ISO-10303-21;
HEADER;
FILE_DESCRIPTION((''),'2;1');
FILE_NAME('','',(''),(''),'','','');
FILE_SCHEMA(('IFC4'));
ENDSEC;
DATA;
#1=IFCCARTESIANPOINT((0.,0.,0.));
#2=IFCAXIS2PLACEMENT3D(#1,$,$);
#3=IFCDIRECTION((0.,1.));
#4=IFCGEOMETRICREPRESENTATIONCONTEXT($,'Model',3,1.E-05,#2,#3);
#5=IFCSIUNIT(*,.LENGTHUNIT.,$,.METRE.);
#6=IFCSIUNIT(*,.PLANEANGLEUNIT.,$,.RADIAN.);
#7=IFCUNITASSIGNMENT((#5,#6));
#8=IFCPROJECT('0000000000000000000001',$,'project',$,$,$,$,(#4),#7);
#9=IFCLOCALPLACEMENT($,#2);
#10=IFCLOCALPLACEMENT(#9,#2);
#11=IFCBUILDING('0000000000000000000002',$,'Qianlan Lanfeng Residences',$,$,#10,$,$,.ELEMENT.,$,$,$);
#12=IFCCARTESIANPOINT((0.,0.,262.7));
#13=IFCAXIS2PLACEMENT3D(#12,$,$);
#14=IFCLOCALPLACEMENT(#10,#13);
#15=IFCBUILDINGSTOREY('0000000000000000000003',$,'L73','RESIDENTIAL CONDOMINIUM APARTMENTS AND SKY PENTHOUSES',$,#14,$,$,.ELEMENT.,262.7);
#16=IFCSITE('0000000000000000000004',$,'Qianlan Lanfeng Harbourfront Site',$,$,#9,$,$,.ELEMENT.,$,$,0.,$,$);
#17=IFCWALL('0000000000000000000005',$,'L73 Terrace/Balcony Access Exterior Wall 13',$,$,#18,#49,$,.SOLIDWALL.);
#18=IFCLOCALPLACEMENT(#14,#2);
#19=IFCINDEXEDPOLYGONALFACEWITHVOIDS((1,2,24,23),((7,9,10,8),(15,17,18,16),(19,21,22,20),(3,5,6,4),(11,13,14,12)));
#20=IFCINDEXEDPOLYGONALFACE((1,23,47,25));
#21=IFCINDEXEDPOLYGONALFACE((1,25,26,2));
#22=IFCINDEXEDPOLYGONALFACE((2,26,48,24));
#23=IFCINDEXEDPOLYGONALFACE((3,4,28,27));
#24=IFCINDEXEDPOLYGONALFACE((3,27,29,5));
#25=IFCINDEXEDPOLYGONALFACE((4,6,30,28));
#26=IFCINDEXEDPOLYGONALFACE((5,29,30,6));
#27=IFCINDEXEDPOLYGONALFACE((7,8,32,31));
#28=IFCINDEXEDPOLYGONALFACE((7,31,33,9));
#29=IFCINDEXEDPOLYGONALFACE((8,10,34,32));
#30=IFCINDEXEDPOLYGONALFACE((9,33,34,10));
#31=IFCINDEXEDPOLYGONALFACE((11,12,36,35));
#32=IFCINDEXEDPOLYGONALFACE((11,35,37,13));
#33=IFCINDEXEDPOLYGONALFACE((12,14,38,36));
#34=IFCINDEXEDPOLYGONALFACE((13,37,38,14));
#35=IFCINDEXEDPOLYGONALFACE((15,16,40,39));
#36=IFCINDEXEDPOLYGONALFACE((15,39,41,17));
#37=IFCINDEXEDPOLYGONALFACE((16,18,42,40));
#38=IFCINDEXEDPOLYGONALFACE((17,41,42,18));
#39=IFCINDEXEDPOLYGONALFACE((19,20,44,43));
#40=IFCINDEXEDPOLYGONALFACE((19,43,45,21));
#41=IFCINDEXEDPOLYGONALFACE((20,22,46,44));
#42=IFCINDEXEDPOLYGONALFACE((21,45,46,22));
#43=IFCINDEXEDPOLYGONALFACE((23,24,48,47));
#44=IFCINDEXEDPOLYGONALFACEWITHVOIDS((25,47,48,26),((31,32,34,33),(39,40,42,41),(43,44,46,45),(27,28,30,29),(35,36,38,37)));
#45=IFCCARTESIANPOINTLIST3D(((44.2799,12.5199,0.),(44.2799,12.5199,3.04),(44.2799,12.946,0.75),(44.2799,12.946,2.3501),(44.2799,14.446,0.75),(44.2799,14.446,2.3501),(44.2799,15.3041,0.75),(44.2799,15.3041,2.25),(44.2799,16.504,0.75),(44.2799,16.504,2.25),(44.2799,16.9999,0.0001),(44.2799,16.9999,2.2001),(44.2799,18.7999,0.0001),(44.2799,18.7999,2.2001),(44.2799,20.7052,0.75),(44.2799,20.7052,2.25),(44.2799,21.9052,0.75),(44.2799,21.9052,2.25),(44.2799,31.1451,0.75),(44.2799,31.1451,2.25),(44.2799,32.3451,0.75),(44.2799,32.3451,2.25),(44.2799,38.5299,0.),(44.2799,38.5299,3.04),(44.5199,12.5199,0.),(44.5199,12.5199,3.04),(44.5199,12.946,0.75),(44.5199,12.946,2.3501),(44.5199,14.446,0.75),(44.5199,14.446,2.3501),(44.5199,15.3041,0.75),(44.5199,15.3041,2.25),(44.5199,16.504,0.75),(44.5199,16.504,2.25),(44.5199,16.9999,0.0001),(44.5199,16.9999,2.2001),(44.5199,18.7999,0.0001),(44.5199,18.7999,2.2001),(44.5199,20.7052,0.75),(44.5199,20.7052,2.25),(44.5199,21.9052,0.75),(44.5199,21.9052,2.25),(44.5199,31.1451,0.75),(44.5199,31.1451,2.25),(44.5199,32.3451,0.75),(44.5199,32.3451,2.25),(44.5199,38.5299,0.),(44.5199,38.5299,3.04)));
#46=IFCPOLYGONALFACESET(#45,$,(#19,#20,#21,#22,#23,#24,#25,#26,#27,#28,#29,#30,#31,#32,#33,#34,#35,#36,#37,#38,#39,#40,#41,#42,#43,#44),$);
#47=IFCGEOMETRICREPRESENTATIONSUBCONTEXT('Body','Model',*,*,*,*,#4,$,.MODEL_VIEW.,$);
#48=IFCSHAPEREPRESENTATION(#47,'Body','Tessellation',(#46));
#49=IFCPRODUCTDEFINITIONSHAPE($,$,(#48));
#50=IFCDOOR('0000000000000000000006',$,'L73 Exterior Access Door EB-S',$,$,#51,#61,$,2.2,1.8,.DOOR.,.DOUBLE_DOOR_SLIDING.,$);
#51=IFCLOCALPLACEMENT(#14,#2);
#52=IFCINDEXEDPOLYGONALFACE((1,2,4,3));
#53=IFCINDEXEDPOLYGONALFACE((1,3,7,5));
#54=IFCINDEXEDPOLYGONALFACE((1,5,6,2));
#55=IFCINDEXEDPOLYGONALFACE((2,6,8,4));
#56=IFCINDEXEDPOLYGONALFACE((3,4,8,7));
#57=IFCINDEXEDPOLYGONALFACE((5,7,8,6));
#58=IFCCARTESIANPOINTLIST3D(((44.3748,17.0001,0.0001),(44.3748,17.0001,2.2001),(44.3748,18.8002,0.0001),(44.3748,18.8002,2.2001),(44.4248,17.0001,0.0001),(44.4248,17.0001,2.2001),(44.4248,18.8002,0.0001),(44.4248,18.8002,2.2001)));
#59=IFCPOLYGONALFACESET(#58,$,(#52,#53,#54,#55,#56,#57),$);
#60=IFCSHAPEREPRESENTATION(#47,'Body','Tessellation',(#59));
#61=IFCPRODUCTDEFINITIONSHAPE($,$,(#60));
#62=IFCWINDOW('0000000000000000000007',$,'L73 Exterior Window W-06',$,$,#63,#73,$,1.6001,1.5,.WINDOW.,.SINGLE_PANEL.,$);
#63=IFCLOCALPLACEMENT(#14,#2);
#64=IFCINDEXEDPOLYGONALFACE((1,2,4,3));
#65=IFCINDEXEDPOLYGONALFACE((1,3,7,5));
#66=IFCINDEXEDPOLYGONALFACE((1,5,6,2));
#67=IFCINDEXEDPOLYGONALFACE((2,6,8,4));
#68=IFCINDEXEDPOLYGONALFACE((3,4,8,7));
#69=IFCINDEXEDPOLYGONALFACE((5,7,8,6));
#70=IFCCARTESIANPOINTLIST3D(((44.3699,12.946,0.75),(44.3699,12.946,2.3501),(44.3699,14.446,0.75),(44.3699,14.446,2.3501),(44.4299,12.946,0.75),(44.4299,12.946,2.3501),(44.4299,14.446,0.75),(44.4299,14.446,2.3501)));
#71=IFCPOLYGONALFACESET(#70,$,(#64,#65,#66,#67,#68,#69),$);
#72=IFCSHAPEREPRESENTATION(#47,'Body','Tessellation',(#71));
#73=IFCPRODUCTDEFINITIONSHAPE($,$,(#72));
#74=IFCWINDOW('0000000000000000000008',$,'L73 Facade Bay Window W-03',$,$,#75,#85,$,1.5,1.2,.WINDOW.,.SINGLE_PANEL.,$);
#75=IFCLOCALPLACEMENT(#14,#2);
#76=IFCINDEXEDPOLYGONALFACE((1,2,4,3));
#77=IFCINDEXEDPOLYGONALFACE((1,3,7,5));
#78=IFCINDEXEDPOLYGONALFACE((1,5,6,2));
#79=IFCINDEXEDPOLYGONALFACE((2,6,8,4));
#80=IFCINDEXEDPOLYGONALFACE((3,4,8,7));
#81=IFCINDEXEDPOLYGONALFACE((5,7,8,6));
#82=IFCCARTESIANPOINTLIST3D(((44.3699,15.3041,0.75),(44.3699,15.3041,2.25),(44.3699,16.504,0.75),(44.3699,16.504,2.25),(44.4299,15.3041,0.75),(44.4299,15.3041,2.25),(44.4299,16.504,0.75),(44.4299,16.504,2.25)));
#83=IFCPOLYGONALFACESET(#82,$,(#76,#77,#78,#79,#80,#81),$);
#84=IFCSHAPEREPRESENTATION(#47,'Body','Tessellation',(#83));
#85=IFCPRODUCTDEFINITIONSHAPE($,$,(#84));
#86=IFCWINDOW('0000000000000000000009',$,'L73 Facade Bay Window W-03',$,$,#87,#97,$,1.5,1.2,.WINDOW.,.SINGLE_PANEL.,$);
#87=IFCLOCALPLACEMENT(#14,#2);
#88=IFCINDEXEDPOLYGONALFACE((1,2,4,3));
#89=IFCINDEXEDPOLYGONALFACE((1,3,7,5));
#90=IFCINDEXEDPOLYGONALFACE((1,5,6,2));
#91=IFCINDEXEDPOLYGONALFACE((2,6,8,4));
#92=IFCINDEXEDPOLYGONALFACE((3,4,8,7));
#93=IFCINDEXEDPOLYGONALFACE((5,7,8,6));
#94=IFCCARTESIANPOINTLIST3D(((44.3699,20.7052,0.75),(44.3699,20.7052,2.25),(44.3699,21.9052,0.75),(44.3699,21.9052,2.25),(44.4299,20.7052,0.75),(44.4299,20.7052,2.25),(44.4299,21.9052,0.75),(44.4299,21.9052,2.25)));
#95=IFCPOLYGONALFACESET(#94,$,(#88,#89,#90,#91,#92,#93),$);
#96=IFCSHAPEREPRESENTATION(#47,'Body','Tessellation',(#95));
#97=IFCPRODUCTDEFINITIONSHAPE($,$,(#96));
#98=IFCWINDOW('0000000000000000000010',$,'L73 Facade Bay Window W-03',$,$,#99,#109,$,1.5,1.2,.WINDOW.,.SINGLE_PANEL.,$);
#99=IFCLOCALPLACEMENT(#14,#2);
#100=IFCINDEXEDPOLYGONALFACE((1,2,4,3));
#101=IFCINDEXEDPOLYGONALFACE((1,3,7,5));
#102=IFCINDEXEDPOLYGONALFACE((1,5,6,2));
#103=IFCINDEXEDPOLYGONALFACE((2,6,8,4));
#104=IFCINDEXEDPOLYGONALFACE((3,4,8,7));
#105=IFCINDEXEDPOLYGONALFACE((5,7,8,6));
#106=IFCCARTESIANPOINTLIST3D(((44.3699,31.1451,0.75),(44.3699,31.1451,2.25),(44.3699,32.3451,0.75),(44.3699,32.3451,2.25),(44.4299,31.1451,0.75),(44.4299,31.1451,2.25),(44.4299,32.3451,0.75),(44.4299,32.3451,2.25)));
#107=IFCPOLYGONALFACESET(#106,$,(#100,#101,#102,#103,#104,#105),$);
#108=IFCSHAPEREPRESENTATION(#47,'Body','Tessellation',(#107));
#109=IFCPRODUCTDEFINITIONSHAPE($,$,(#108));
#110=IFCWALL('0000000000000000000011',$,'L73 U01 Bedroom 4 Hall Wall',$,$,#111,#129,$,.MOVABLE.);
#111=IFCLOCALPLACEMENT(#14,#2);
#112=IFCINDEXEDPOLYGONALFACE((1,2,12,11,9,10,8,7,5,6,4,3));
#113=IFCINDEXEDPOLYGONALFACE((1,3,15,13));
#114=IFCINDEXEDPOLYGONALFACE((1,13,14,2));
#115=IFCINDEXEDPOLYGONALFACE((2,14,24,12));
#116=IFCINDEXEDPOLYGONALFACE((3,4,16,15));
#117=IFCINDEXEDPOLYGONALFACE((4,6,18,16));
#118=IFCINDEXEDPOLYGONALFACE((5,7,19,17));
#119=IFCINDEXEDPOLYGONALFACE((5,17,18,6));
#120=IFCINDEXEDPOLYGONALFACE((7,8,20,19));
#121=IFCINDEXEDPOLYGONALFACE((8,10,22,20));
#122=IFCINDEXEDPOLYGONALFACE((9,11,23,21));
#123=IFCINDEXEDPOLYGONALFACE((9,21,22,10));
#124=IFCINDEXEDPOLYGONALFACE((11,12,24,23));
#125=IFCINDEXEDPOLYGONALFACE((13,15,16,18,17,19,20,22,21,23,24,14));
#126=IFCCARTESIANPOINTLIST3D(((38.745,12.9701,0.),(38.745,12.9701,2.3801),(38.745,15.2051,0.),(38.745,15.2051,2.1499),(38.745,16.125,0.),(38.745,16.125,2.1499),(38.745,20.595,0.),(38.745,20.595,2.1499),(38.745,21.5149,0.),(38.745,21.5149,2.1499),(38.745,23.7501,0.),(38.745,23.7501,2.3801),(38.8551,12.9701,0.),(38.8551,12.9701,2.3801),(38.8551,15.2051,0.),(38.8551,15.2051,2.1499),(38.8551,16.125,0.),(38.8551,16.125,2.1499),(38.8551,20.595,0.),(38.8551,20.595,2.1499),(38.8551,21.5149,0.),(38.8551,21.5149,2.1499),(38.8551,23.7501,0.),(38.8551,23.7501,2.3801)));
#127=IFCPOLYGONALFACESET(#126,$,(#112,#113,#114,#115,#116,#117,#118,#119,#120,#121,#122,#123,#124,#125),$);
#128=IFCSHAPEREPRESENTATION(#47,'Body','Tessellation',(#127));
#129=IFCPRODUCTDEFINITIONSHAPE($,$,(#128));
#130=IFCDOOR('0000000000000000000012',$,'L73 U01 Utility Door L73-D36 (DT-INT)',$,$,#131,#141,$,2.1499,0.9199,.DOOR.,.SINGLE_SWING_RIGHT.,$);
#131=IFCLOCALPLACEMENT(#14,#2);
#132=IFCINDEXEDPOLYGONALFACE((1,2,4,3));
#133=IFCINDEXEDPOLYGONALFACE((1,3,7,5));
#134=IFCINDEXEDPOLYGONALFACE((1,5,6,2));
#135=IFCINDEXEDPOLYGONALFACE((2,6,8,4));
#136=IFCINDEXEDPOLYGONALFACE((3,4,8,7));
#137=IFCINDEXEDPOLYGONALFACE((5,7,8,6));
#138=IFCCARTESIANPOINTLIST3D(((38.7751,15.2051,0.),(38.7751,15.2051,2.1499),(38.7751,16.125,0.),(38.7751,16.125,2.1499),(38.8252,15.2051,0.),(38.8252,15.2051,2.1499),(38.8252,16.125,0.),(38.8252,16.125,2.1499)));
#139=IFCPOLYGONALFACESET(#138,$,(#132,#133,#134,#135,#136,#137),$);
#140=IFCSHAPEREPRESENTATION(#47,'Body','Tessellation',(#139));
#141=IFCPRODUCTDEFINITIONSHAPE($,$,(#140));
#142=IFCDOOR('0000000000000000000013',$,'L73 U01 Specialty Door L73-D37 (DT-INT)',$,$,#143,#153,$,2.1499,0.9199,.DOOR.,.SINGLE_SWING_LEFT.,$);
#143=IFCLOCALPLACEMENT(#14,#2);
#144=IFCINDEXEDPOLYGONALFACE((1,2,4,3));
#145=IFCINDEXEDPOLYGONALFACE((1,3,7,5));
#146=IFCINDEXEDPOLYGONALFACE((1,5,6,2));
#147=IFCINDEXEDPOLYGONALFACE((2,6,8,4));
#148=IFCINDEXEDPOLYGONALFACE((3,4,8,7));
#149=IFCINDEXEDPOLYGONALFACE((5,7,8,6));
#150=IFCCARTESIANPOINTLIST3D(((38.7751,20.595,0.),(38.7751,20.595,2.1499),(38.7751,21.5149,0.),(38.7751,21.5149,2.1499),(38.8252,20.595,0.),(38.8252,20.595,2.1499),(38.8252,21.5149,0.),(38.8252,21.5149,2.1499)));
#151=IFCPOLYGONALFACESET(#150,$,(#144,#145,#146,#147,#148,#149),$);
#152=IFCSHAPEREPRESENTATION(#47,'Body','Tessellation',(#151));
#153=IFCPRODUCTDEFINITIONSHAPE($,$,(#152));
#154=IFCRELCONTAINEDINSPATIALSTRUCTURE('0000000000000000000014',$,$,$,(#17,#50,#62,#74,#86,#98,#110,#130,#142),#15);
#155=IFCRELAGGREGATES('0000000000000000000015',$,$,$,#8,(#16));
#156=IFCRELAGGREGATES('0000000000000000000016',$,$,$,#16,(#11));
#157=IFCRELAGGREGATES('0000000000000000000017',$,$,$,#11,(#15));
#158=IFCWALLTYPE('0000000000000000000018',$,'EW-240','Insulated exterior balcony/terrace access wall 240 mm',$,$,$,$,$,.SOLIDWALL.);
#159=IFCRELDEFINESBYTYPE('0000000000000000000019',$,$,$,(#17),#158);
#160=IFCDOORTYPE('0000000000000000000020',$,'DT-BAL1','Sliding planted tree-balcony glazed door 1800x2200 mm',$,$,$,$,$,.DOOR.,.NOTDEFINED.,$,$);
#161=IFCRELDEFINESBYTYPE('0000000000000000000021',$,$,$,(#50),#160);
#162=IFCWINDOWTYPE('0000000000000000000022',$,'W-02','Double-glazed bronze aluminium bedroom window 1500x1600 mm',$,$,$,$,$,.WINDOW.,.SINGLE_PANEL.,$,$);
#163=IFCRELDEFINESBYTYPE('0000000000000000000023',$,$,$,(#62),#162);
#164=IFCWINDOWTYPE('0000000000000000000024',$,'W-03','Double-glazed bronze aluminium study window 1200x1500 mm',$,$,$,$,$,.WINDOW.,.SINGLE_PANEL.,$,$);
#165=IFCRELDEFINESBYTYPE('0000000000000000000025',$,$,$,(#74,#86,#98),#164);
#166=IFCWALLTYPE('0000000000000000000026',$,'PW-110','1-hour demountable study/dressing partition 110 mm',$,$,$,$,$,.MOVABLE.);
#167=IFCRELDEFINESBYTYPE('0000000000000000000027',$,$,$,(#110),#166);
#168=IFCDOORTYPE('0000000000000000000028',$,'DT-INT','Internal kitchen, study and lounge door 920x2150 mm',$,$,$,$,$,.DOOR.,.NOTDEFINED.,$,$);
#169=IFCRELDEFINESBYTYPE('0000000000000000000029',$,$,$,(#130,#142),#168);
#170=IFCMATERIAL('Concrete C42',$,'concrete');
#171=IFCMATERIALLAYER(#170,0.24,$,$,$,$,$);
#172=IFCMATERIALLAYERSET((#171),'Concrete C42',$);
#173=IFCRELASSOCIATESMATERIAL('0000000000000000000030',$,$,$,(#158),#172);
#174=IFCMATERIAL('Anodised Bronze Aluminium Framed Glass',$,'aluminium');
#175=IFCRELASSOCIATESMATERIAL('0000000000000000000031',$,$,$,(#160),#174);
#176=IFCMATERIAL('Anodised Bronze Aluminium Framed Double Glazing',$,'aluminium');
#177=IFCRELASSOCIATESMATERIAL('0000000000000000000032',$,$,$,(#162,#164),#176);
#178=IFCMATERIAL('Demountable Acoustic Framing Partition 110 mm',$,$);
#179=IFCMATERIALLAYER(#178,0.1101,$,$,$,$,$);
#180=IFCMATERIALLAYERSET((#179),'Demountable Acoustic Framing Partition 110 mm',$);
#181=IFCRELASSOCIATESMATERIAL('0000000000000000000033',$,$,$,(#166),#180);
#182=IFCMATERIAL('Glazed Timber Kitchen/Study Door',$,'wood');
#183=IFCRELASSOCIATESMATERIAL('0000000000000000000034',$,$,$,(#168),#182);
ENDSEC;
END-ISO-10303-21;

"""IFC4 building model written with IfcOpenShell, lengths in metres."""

from ifc_helpers import new_model, si_unit, direction, frame, frame_2d, origin, place, context, subcontext, project, spatial, rectangle, extrude, material, layer, layer_set, type_object, element, fill, save


model = new_model("IFC4")

# Units and contexts
model_context = context("Model", 3, precision=1e-05, world=origin(), true_north=direction((0.0, 1.0)))
body_context = subcontext(model_context, "Body", "Model", "MODEL_VIEW")
ifc_project = project(units=[si_unit("LENGTHUNIT", "METRE"), si_unit("PLANEANGLEUNIT", "RADIAN")], contexts=[model_context])

# Site, building, storey
site_placement = place(None, origin())
site = spatial("IfcSite", under=ifc_project, at=site_placement, Name="Qianlan Lanfeng Harbourfront Site", CompositionType="ELEMENT", RefElevation=0.0)
building_placement = place(site_placement, origin())
building = spatial("IfcBuilding", under=site, at=building_placement, Name="Qianlan Lanfeng Residences", CompositionType="ELEMENT")
storey_placement = place(building_placement, frame((0.0, 0.0, 262.7)))
storey = spatial("IfcBuildingStorey", under=building, at=storey_placement, Name="L73", Description="RESIDENTIAL CONDOMINIUM APARTMENTS AND SKY PENTHOUSES", CompositionType="ELEMENT", Elevation=262.7)

# Shared definitions
ifc_material_1 = material(Name="Concrete C42", Category="concrete")
ifc_layer_1 = layer(ifc_material_1, 0.24)
ifc_layer_set_1 = layer_set([ifc_layer_1], Name="Concrete C42")
wall_type_1 = type_object("IfcWallType", Name="EW-240", Description="Insulated exterior balcony/terrace access wall 240 mm", PredefinedType="SOLIDWALL", material=ifc_layer_set_1)

# Wall, openings, door, windows
wall_1_placement = place(storey_placement, frame((44.3999, 12.52, 0.0), z_axis=(0.0, 0.0, 1.0), x_axis=(0.0, 1.0, 0.0)))
wall_1 = element("IfcWall", 1, at=wall_1_placement, inside=storey, type_object=wall_type_1, Name="L73 Terrace/Balcony Access Exterior Wall 13", PredefinedType="SOLIDWALL", context=body_context, shape_type="SweptSolid", body=[
    extrude(rectangle(XDim=26.01, YDim=0.24, at=frame_2d((13.0049, 0.0))), origin(), (0.0, 0.0, 1.0), 3.04),
])
opening_1_placement = place(wall_1_placement, frame((4.48, 0.0, 0.0)))
opening_1 = element("IfcOpeningElement", 2, at=opening_1_placement, cuts=wall_1, PredefinedType="OPENING", context=body_context, shape_type="SweptSolid", body=[
    extrude(rectangle(XDim=1.8, YDim=2.2, at=frame_2d((0.8999, 1.1001))), frame((0.0, 0.1299, 0.0), z_axis=(0.0, -1.0, 0.0), x_axis=(1.0, 0.0, 0.0)), (0.0, 0.0, 1.0), 0.26),
])
opening_2_placement = place(wall_1_placement, frame((0.426, 0.0, 0.75)))
opening_2 = element("IfcOpeningElement", 3, at=opening_2_placement, cuts=wall_1, PredefinedType="OPENING", context=body_context, shape_type="SweptSolid", body=[
    extrude(rectangle(XDim=1.5, YDim=1.6001, at=frame_2d((0.75, 0.8))), frame((0.0, 0.1299, 0.0), z_axis=(0.0, -1.0, 0.0), x_axis=(1.0, 0.0, 0.0)), (0.0, 0.0, 1.0), 0.26),
])
opening_3_placement = place(wall_1_placement, frame((2.7839, 0.0, 0.75)))
opening_3 = element("IfcOpeningElement", 4, at=opening_3_placement, cuts=wall_1, PredefinedType="OPENING", context=body_context, shape_type="SweptSolid", body=[
    extrude(rectangle(XDim=1.2, YDim=1.5, at=frame_2d((0.6001, 0.75))), frame((0.0, 0.1299, 0.0), z_axis=(0.0, -1.0, 0.0), x_axis=(1.0, 0.0, 0.0)), (0.0, 0.0, 1.0), 0.26),
])
opening_4_placement = place(wall_1_placement, frame((8.1851, 0.0, 0.75)))
opening_4 = element("IfcOpeningElement", 5, at=opening_4_placement, cuts=wall_1, PredefinedType="OPENING", context=body_context, shape_type="SweptSolid", body=[
    extrude(rectangle(XDim=1.2, YDim=1.5, at=frame_2d((0.6001, 0.75))), frame((0.0, 0.1299, 0.0), z_axis=(0.0, -1.0, 0.0), x_axis=(1.0, 0.0, 0.0)), (0.0, 0.0, 1.0), 0.26),
])
opening_5_placement = place(wall_1_placement, frame((18.625, 0.0, 0.75)))
opening_5 = element("IfcOpeningElement", 6, at=opening_5_placement, cuts=wall_1, PredefinedType="OPENING", context=body_context, shape_type="SweptSolid", body=[
    extrude(rectangle(XDim=1.2, YDim=1.5, at=frame_2d((0.6001, 0.75))), frame((0.0, 0.1299, 0.0), z_axis=(0.0, -1.0, 0.0), x_axis=(1.0, 0.0, 0.0)), (0.0, 0.0, 1.0), 0.26),
])
ifc_material_2 = material(Name="Anodised Bronze Aluminium Framed Glass", Category="aluminium")
door_type_1 = type_object("IfcDoorType", Name="DT-BAL1", Description="Sliding planted tree-balcony glazed door 1800x2200 mm", OperationType="NOTDEFINED", PredefinedType="DOOR", material=ifc_material_2)
door_1_placement = place(opening_1_placement, frame((1.8, 0.0, 0.0), z_axis=(0.0, 0.0, 1.0), x_axis=(-1.0, 0.0, 0.0)))
door_1 = element("IfcDoor", 7, at=door_1_placement, inside=storey, type_object=door_type_1, Name="L73 Exterior Access Door EB-S", OperationType="DOUBLE_DOOR_SLIDING", OverallHeight=2.2, OverallWidth=1.8, PredefinedType="DOOR", context=body_context, shape_type="SweptSolid", body=[
    extrude(rectangle(XDim=1.8, YDim=2.2, at=frame_2d((0.8999, 1.1001))), frame((0.0, 0.0249, 0.0), z_axis=(0.0, -1.0, 0.0), x_axis=(1.0, 0.0, 0.0)), (0.0, 0.0, 1.0), 0.05),
])
fill(opening_1, door_1)
ifc_material_3 = material(Name="Anodised Bronze Aluminium Framed Double Glazing", Category="aluminium")
window_type_1 = type_object("IfcWindowType", Name="W-02", Description="Double-glazed bronze aluminium bedroom window 1500x1600 mm", PartitioningType="SINGLE_PANEL", PredefinedType="WINDOW", material=ifc_material_3)
window_1_placement = place(opening_2_placement, origin())
window_1 = element("IfcWindow", 8, at=window_1_placement, inside=storey, type_object=window_type_1, Name="L73 Exterior Window W-06", OverallHeight=1.6001, OverallWidth=1.5, PartitioningType="SINGLE_PANEL", PredefinedType="WINDOW", context=body_context, shape_type="SweptSolid", body=[
    extrude(rectangle(XDim=1.5, YDim=1.6001, at=frame_2d((0.75, 0.8))), frame((0.0, 0.03, 0.0), z_axis=(0.0, -1.0, 0.0), x_axis=(1.0, 0.0, 0.0)), (0.0, 0.0, 1.0), 0.0601),
])
fill(opening_2, window_1)
window_type_2 = type_object("IfcWindowType", Name="W-03", Description="Double-glazed bronze aluminium study window 1200x1500 mm", PartitioningType="SINGLE_PANEL", PredefinedType="WINDOW", material=ifc_material_3)
window_2_placement = place(opening_3_placement, origin())
window_2 = element("IfcWindow", 9, at=window_2_placement, inside=storey, type_object=window_type_2, Name="L73 Facade Bay Window W-03", OverallHeight=1.5, OverallWidth=1.2, PartitioningType="SINGLE_PANEL", PredefinedType="WINDOW", context=body_context, shape_type="SweptSolid", body=[
    extrude(rectangle(XDim=1.2, YDim=1.5, at=frame_2d((0.6001, 0.75))), frame((0.0, 0.03, 0.0), z_axis=(0.0, -1.0, 0.0), x_axis=(1.0, 0.0, 0.0)), (0.0, 0.0, 1.0), 0.0601),
])
fill(opening_3, window_2)
window_3_placement = place(opening_4_placement, origin())
window_3 = element("IfcWindow", 10, at=window_3_placement, inside=storey, type_object=window_type_2, Name="L73 Facade Bay Window W-03", OverallHeight=1.5, OverallWidth=1.2, PartitioningType="SINGLE_PANEL", PredefinedType="WINDOW", context=body_context, shape_type="SweptSolid", body=[
    extrude(rectangle(XDim=1.2, YDim=1.5, at=frame_2d((0.6001, 0.75))), frame((0.0, 0.03, 0.0), z_axis=(0.0, -1.0, 0.0), x_axis=(1.0, 0.0, 0.0)), (0.0, 0.0, 1.0), 0.0601),
])
fill(opening_4, window_3)
window_4_placement = place(opening_5_placement, origin())
window_4 = element("IfcWindow", 11, at=window_4_placement, inside=storey, type_object=window_type_2, Name="L73 Facade Bay Window W-03", OverallHeight=1.5, OverallWidth=1.2, PartitioningType="SINGLE_PANEL", PredefinedType="WINDOW", context=body_context, shape_type="SweptSolid", body=[
    extrude(rectangle(XDim=1.2, YDim=1.5, at=frame_2d((0.6001, 0.75))), frame((0.0, 0.03, 0.0), z_axis=(0.0, -1.0, 0.0), x_axis=(1.0, 0.0, 0.0)), (0.0, 0.0, 1.0), 0.0601),
])
fill(opening_5, window_4)

# Wall, openings, doors
ifc_material_4 = material(Name="Demountable Acoustic Framing Partition 110 mm")
ifc_layer_2 = layer(ifc_material_4, 0.1101)
ifc_layer_set_2 = layer_set([ifc_layer_2], Name="Demountable Acoustic Framing Partition 110 mm")
wall_type_2 = type_object("IfcWallType", Name="PW-110", Description="1-hour demountable study/dressing partition 110 mm", PredefinedType="MOVABLE", material=ifc_layer_set_2)
wall_2_placement = place(storey_placement, frame((38.8, 12.97, 0.0), z_axis=(0.0, 0.0, 1.0), x_axis=(0.0, 1.0, 0.0)))
wall_2 = element("IfcWall", 12, at=wall_2_placement, inside=storey, type_object=wall_type_2, Name="L73 U01 Bedroom 4 Hall Wall", PredefinedType="MOVABLE", context=body_context, shape_type="SweptSolid", body=[
    extrude(rectangle(XDim=10.78, YDim=0.1101, at=frame_2d((5.3901, 0.0))), origin(), (0.0, 0.0, 1.0), 2.3801),
])
opening_6_placement = place(wall_2_placement, frame((2.2351, 0.0, 0.0)))
opening_6 = element("IfcOpeningElement", 13, at=opening_6_placement, cuts=wall_2, PredefinedType="OPENING", context=body_context, shape_type="SweptSolid", body=[
    extrude(rectangle(XDim=0.9199, YDim=2.1499, at=frame_2d((0.46, 1.075))), frame((0.0, 0.0649, 0.0), z_axis=(0.0, -1.0, 0.0), x_axis=(1.0, 0.0, 0.0)), (0.0, 0.0, 1.0), 0.1301),
])
opening_7_placement = place(wall_2_placement, frame((7.625, 0.0, 0.0)))
opening_7 = element("IfcOpeningElement", 14, at=opening_7_placement, cuts=wall_2, PredefinedType="OPENING", context=body_context, shape_type="SweptSolid", body=[
    extrude(rectangle(XDim=0.9199, YDim=2.1499, at=frame_2d((0.46, 1.075))), frame((0.0, 0.0649, 0.0), z_axis=(0.0, -1.0, 0.0), x_axis=(1.0, 0.0, 0.0)), (0.0, 0.0, 1.0), 0.1301),
])
ifc_material_5 = material(Name="Glazed Timber Kitchen/Study Door", Category="wood")
door_type_2 = type_object("IfcDoorType", Name="DT-INT", Description="Internal kitchen, study and lounge door 920x2150 mm", OperationType="NOTDEFINED", PredefinedType="DOOR", material=ifc_material_5)
door_2_placement = place(opening_6_placement, origin())
door_2 = element("IfcDoor", 15, at=door_2_placement, inside=storey, type_object=door_type_2, Name="L73 U01 Utility Door L73-D36 (DT-INT)", OperationType="SINGLE_SWING_RIGHT", OverallHeight=2.1499, OverallWidth=0.9199, PredefinedType="DOOR", context=body_context, shape_type="SweptSolid", body=[
    extrude(rectangle(XDim=0.9199, YDim=2.1499, at=frame_2d((0.46, 1.075))), frame((0.0, 0.0249, 0.0), z_axis=(0.0, -1.0, 0.0), x_axis=(1.0, 0.0, 0.0)), (0.0, 0.0, 1.0), 0.05),
])
fill(opening_6, door_2)
door_3_placement = place(opening_7_placement, origin())
door_3 = element("IfcDoor", 16, at=door_3_placement, inside=storey, type_object=door_type_2, Name="L73 U01 Specialty Door L73-D37 (DT-INT)", OperationType="SINGLE_SWING_LEFT", OverallHeight=2.1499, OverallWidth=0.9199, PredefinedType="DOOR", context=body_context, shape_type="SweptSolid", body=[
    extrude(rectangle(XDim=0.9199, YDim=2.1499, at=frame_2d((0.46, 1.075))), frame((0.0, 0.0249, 0.0), z_axis=(0.0, -1.0, 0.0), x_axis=(1.0, 0.0, 0.0)), (0.0, 0.0, 1.0), 0.05),
])
fill(opening_7, door_3)

save(model, "model.ifc")
